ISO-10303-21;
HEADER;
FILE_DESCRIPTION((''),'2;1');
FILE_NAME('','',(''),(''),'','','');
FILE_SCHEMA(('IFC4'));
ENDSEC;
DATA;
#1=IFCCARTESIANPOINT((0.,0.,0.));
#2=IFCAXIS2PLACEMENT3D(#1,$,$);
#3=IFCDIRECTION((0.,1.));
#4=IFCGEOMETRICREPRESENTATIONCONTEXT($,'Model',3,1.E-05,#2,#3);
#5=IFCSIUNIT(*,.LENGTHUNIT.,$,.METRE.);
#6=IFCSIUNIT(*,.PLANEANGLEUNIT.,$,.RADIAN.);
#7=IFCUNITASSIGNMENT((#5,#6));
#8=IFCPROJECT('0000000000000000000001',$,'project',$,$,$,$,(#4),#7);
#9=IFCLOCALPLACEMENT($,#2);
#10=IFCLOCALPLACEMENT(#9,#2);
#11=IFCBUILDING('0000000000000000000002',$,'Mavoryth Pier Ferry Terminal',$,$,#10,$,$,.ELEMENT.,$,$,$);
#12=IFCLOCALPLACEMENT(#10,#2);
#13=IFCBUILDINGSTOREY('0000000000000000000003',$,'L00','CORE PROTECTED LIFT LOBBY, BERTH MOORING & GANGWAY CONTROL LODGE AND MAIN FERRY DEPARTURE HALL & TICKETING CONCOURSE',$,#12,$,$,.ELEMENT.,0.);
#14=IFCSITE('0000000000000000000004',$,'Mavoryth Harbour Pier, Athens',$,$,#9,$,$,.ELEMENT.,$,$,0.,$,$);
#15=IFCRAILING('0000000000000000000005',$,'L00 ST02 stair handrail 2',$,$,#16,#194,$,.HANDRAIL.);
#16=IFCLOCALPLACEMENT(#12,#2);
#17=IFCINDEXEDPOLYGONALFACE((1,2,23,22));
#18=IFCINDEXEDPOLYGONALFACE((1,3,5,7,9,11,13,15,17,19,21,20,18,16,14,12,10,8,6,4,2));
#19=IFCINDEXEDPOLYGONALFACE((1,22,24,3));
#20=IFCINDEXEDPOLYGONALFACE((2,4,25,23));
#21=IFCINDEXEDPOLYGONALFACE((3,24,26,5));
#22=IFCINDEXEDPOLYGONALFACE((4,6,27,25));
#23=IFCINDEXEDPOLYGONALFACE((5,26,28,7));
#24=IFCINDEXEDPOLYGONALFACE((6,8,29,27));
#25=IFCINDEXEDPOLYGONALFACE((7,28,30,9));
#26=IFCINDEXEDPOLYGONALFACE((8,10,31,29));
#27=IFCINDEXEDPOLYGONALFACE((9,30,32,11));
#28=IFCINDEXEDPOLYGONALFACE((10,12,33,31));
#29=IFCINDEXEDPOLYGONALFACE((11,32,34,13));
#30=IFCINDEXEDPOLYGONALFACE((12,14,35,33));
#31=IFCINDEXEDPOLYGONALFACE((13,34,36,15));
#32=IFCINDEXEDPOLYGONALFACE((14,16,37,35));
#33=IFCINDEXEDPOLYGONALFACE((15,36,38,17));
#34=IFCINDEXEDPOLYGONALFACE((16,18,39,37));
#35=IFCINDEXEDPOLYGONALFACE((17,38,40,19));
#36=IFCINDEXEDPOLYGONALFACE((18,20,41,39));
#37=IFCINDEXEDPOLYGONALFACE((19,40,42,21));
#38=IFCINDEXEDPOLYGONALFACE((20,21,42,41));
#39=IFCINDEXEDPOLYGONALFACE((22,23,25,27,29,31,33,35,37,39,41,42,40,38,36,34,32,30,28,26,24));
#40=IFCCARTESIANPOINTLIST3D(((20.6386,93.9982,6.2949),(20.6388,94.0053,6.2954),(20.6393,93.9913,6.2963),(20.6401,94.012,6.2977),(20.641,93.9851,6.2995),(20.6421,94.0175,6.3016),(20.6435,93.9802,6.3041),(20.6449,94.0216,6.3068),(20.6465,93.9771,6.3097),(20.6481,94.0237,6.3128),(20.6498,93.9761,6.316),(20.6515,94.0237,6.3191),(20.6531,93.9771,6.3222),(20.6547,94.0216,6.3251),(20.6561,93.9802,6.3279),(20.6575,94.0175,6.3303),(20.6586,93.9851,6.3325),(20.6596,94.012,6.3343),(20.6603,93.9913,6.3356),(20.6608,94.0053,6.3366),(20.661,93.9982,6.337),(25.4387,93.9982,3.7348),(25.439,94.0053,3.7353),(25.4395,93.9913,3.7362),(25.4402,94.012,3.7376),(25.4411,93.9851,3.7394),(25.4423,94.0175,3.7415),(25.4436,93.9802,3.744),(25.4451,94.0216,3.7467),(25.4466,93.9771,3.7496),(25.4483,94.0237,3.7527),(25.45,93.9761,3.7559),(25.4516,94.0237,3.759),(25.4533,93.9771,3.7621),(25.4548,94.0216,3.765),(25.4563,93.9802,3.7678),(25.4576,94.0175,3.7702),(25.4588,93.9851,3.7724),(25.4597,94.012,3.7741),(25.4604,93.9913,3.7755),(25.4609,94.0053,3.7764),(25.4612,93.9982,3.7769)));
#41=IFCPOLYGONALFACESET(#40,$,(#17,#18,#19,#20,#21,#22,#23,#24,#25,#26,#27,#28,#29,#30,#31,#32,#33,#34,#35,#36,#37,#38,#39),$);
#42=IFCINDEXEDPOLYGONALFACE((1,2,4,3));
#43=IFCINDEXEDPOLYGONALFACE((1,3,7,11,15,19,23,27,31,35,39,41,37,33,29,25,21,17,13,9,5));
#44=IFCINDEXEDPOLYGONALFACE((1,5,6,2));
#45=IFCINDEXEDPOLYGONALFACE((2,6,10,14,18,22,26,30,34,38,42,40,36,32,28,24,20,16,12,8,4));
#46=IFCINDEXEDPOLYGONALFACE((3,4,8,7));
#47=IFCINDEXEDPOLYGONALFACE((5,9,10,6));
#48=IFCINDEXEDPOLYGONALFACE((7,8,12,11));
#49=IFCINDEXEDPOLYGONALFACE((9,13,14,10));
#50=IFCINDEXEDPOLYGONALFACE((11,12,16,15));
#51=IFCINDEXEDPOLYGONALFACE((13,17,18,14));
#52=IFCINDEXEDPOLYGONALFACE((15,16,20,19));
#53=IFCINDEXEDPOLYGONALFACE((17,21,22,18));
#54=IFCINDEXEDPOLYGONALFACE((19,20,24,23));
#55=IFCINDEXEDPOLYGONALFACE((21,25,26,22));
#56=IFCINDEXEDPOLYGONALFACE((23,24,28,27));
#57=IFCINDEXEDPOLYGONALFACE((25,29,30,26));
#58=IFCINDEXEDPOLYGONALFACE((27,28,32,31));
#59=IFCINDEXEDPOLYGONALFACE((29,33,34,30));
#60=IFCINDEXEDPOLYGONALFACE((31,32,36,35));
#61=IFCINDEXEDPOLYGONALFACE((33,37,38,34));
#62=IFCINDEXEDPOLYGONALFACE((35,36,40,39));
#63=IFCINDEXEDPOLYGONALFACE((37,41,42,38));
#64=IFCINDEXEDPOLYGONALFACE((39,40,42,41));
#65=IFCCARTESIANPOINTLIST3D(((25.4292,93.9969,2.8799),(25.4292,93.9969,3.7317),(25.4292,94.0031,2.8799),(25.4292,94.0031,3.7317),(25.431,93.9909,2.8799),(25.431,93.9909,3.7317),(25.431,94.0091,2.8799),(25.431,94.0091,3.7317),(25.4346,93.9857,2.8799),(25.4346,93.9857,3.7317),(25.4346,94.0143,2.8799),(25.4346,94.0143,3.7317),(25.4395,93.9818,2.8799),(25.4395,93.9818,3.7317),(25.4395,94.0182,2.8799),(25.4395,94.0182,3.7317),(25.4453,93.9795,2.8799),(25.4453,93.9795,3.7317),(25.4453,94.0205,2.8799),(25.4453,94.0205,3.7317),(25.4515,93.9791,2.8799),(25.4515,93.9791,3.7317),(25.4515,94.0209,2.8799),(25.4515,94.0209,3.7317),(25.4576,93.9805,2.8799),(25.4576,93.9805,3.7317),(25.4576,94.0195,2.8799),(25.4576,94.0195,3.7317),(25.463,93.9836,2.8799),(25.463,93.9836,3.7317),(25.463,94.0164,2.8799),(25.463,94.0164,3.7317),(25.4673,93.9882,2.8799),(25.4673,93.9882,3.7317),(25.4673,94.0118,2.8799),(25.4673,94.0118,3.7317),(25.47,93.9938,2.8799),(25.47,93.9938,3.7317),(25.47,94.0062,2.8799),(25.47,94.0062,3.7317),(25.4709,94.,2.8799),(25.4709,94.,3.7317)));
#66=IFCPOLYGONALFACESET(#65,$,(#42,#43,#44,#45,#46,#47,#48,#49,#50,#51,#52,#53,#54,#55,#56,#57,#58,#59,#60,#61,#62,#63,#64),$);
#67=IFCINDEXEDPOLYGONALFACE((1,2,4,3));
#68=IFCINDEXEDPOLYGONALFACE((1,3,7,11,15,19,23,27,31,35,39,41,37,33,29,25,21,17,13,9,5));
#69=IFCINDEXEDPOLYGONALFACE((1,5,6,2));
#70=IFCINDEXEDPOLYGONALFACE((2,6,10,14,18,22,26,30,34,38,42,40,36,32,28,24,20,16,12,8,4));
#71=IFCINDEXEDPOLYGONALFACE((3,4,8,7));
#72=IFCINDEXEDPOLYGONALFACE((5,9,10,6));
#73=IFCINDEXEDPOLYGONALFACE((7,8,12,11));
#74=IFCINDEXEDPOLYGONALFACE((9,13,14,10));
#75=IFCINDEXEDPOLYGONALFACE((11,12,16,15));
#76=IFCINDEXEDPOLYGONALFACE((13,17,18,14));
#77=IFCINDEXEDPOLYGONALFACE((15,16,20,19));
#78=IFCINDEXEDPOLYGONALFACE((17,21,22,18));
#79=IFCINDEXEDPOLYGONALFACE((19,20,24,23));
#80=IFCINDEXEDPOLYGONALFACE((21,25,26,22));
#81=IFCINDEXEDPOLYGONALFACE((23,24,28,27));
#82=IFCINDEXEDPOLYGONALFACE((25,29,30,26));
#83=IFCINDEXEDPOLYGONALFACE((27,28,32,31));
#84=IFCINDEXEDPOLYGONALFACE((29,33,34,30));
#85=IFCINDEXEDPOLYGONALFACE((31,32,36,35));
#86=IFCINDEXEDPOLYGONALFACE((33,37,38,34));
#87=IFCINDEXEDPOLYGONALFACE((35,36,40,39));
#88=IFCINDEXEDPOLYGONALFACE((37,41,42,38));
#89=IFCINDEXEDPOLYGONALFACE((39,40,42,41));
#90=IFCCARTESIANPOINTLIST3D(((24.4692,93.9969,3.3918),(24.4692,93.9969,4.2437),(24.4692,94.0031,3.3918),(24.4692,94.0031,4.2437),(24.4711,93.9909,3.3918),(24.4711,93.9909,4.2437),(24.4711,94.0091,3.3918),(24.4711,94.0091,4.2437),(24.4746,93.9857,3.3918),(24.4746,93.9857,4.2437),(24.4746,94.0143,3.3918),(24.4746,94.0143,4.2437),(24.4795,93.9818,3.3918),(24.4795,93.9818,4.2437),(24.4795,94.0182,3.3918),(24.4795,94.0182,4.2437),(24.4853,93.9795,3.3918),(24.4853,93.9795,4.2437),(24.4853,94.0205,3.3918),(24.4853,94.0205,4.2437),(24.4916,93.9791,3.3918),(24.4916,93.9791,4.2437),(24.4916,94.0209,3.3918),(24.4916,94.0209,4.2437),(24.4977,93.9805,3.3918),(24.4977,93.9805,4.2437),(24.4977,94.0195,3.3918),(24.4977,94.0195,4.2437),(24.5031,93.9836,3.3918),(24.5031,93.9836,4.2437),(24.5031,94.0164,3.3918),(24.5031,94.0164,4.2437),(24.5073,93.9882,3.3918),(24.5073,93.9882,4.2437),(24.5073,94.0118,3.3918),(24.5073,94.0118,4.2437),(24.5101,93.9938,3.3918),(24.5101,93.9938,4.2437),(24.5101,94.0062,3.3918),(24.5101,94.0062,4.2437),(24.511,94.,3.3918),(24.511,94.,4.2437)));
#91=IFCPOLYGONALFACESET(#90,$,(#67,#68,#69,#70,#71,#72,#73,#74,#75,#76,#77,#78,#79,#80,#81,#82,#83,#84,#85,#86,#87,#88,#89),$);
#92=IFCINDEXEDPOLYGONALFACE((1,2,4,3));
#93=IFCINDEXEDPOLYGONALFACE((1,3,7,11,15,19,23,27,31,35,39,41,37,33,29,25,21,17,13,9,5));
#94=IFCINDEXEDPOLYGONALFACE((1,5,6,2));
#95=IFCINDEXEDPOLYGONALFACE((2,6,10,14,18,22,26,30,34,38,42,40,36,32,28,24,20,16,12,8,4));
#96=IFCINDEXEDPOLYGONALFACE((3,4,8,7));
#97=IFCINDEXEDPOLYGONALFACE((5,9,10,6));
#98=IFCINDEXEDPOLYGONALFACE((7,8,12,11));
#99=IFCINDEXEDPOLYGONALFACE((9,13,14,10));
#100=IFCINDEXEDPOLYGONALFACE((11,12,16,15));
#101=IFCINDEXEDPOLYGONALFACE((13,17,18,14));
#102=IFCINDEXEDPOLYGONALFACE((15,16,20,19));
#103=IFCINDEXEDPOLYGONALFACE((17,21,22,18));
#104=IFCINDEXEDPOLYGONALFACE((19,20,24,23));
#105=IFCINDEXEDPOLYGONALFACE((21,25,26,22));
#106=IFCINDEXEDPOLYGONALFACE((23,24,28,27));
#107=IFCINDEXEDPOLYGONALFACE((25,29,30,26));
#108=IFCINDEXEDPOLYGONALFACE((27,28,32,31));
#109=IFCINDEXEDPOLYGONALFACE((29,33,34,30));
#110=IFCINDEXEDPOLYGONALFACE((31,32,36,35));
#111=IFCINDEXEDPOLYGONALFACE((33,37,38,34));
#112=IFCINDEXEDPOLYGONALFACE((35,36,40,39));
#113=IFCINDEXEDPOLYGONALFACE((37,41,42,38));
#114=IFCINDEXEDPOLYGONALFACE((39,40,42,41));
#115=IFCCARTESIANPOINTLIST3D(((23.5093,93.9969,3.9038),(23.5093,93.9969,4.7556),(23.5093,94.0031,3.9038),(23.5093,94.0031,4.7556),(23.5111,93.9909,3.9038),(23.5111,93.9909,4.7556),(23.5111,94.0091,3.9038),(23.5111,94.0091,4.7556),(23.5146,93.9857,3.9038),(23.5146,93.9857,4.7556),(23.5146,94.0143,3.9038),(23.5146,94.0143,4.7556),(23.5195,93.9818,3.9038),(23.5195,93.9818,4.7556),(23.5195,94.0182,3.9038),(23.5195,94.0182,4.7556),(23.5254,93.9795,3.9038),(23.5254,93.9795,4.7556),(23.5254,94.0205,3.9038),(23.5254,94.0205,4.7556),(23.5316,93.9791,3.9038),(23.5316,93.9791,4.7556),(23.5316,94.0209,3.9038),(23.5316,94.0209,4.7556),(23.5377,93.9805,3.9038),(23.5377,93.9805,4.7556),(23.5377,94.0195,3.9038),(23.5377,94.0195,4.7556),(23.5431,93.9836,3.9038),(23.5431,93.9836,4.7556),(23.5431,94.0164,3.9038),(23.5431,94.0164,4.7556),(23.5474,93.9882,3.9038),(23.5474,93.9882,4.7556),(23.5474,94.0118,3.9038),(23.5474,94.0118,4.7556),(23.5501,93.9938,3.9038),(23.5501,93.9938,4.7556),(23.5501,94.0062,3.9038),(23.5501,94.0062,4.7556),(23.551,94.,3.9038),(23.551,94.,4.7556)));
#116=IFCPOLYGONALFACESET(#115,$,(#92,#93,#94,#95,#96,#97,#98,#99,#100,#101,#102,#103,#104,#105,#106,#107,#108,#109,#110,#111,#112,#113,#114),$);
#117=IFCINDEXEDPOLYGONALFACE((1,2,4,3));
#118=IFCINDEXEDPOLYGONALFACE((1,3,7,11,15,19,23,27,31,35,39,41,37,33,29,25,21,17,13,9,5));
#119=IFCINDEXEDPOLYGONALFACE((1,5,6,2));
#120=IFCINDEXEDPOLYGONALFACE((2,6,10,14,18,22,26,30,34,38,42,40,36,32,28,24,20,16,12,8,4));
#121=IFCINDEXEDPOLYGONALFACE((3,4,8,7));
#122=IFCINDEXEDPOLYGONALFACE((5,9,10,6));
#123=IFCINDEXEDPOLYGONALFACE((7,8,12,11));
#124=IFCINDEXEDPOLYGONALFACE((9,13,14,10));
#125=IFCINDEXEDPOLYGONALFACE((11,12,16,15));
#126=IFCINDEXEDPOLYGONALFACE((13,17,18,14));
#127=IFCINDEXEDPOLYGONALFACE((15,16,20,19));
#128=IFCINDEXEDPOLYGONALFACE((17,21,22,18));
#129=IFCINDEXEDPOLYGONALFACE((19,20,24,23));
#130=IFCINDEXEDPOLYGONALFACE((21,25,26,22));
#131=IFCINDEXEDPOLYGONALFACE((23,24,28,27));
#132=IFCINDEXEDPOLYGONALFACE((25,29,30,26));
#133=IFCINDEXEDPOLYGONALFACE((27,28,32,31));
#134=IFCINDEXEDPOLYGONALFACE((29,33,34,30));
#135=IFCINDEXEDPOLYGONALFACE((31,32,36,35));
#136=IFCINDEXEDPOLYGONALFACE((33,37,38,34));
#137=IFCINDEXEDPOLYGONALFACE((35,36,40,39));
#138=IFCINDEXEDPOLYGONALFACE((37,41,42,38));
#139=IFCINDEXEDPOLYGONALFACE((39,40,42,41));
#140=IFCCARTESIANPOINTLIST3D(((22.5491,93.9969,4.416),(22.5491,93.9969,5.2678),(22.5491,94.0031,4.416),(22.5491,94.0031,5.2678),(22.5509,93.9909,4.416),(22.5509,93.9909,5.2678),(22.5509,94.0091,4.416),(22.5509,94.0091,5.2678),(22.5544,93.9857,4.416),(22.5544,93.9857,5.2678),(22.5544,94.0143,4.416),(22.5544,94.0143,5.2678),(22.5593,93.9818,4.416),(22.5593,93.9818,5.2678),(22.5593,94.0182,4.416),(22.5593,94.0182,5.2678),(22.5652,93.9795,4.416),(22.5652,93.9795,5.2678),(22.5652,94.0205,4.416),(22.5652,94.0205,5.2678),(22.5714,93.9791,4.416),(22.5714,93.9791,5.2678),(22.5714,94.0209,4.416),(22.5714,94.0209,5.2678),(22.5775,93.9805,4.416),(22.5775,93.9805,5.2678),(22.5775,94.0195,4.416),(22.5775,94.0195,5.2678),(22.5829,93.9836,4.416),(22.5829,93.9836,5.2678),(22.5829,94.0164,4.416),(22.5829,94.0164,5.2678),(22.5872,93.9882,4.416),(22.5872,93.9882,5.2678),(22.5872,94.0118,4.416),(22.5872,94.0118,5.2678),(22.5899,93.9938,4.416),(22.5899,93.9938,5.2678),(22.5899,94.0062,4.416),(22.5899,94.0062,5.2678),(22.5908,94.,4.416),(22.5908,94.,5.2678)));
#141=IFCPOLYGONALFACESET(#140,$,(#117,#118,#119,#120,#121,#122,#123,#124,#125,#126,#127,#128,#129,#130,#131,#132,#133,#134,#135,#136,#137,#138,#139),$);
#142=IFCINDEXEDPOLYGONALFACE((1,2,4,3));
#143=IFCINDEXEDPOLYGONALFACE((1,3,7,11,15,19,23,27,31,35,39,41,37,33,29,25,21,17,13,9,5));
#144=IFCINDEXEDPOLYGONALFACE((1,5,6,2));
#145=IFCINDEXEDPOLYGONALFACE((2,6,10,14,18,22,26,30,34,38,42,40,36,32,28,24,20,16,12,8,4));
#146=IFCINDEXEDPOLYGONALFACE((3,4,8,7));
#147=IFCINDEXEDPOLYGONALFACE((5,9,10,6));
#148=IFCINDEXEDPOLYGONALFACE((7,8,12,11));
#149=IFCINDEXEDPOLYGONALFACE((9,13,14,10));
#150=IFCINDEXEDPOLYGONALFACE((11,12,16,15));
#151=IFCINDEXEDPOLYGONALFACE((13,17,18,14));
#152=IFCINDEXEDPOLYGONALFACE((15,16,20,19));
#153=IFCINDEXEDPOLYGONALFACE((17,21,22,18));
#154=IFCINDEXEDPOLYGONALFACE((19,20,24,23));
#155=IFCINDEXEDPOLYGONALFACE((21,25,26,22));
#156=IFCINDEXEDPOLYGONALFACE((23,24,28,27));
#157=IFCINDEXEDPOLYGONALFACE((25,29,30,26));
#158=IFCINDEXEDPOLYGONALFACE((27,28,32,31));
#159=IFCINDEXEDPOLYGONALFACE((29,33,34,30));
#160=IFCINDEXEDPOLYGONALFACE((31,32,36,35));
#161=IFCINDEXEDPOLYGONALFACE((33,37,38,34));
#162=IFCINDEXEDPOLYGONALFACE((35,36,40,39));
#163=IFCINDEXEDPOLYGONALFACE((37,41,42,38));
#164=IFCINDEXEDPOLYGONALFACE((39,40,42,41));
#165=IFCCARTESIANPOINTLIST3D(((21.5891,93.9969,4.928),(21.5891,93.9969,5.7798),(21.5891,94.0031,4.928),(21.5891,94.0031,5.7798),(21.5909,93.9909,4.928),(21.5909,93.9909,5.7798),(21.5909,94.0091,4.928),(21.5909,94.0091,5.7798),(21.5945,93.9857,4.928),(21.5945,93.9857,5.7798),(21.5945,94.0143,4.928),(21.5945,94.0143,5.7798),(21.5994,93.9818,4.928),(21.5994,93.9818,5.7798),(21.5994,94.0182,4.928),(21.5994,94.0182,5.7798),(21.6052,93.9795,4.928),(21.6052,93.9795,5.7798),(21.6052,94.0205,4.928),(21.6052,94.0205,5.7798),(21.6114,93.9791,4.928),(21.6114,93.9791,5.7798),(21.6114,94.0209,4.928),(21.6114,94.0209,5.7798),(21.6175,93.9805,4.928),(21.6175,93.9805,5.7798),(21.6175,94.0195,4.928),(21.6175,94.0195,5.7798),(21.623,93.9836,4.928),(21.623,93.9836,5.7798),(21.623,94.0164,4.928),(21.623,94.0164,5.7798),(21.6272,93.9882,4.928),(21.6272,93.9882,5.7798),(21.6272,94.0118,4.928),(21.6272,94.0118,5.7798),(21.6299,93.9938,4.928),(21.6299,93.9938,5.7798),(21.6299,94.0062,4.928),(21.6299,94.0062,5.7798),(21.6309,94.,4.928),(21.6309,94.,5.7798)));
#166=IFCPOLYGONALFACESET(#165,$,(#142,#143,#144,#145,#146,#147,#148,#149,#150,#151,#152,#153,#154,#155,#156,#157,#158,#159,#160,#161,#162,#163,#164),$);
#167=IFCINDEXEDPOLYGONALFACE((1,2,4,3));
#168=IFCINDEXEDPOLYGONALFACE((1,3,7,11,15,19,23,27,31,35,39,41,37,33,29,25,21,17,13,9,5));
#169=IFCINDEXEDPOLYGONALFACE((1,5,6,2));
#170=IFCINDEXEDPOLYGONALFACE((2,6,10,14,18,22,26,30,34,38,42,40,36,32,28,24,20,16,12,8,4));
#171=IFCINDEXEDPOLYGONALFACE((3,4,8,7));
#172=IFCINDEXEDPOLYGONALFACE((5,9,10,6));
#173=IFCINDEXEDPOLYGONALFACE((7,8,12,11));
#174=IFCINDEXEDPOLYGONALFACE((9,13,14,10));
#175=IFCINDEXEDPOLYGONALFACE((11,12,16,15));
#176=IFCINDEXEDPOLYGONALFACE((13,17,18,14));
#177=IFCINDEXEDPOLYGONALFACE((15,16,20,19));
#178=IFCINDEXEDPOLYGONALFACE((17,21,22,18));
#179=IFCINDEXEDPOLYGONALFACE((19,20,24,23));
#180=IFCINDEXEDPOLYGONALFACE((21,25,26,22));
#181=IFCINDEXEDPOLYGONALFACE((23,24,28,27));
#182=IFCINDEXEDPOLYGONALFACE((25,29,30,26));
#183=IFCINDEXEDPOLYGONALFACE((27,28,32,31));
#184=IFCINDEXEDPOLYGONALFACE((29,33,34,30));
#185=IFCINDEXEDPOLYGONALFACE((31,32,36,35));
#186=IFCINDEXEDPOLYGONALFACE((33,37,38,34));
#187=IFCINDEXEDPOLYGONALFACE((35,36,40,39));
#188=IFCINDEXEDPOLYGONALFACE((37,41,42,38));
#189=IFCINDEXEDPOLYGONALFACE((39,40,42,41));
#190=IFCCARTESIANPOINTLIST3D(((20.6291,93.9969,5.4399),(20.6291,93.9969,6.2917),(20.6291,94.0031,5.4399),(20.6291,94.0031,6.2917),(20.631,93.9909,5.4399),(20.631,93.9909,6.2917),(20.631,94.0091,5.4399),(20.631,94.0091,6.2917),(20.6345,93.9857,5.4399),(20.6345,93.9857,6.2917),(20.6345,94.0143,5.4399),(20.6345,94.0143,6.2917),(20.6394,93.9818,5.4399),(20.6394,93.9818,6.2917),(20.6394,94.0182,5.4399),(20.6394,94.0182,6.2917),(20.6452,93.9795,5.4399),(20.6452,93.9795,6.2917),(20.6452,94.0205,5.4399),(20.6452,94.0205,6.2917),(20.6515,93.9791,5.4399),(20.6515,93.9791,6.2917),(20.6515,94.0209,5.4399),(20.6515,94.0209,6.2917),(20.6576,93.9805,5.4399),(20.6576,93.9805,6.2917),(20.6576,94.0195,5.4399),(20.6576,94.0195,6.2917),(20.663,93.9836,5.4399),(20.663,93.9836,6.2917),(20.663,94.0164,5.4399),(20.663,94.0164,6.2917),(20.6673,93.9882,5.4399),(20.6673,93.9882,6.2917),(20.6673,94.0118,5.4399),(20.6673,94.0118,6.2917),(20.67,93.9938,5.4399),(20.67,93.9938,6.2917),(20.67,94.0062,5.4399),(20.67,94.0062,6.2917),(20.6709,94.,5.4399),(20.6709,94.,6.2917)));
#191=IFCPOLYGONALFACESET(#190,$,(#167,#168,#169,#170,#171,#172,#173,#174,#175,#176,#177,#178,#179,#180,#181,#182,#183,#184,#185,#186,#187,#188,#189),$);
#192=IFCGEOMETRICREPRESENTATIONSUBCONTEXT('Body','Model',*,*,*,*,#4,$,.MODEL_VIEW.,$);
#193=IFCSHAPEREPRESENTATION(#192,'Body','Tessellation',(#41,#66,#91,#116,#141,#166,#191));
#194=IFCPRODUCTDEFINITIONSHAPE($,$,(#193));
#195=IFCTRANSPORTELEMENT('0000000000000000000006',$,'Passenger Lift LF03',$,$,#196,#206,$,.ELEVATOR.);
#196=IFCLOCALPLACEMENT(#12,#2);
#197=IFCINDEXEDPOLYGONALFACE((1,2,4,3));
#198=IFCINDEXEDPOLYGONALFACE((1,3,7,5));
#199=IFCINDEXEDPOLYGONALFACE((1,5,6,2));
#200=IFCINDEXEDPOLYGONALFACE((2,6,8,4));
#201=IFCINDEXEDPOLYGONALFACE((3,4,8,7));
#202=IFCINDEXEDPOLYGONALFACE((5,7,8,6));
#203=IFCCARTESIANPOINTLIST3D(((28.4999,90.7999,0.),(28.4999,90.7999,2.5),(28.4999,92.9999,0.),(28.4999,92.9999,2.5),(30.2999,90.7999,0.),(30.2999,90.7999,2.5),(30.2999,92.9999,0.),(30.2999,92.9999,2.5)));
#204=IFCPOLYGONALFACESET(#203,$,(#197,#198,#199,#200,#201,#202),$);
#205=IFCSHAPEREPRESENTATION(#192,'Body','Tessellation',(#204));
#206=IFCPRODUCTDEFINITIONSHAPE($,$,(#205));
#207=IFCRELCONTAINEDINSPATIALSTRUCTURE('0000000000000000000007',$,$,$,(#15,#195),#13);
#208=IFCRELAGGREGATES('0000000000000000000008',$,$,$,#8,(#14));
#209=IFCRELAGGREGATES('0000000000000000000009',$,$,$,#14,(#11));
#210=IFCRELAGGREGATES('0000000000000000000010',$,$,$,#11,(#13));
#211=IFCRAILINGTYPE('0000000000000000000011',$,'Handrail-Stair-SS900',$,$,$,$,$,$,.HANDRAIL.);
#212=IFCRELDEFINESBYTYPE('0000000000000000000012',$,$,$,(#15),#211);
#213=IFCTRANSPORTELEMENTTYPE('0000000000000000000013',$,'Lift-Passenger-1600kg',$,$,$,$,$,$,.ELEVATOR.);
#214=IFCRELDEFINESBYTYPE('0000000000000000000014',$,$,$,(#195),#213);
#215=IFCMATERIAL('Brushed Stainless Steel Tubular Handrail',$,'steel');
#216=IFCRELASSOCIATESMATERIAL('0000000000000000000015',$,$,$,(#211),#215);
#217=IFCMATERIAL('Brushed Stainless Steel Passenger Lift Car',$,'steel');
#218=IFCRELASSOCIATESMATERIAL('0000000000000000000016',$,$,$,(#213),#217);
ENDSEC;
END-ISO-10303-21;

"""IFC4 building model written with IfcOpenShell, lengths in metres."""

from ifc_helpers import new_model, si_unit, direction, frame, origin, origin_2d, place, context, subcontext, project, spatial, rectangle, circle, extrude, material, type_object, element, save


model = new_model("IFC4")

# Units and contexts
model_context = context("Model", 3, precision=1e-05, world=origin(), true_north=direction((0.0, 1.0)))
body_context = subcontext(model_context, "Body", "Model", "MODEL_VIEW")
ifc_project = project(units=[si_unit("LENGTHUNIT", "METRE"), si_unit("PLANEANGLEUNIT", "RADIAN")], contexts=[model_context])

# Site, building, storey
site_placement = place(None, origin())
site = spatial("IfcSite", under=ifc_project, at=site_placement, Name="Mavoryth Harbour Pier, Athens", CompositionType="ELEMENT", RefElevation=0.0)
building_placement = place(site_placement, origin())
building = spatial("IfcBuilding", under=site, at=building_placement, Name="Mavoryth Pier Ferry Terminal", CompositionType="ELEMENT")
storey_placement = place(building_placement, origin())
storey = spatial("IfcBuildingStorey", under=building, at=storey_placement, Name="L00", Description="CORE PROTECTED LIFT LOBBY, BERTH MOORING & GANGWAY CONTROL LODGE AND MAIN FERRY DEPARTURE HALL & TICKETING CONCOURSE", CompositionType="ELEMENT", Elevation=0.0)

# Railing
ifc_material_1 = material(Name="Brushed Stainless Steel Tubular Handrail", Category="steel")
railing_type_1 = type_object("IfcRailingType", Name="Handrail-Stair-SS900", PredefinedType="HANDRAIL", material=ifc_material_1)
railing_1_placement = place(storey_placement, frame((25.45, 94.0, 2.8799)))
element("IfcRailing", 1, at=railing_1_placement, inside=storey, type_object=railing_type_1, Name="L00 ST02 stair handrail 2", PredefinedType="HANDRAIL", context=body_context, shape_type="SweptSolid", body=[
    extrude(circle(Radius=0.0239, at=origin_2d()), frame((0.0, 0.0, 0.876), z_axis=(-0.88235, 0.0, 0.470593), x_axis=(0.0, -1.0, 0.0)), (0.0, 0.0, 1.0), 5.4402),
    extrude(circle(Radius=0.021, at=origin_2d()), origin(), (0.0, 0.0, 1.0), 0.8518),
    extrude(circle(Radius=0.021, at=origin_2d()), frame((-0.96, 0.0, 0.512)), (0.0, 0.0, 1.0), 0.8518),
    extrude(circle(Radius=0.021, at=origin_2d()), frame((-1.9199, 0.0, 1.0239)), (0.0, 0.0, 1.0), 0.8518),
    extrude(circle(Radius=0.021, at=origin_2d()), frame((-2.8801, 0.0, 1.5361)), (0.0, 0.0, 1.0), 0.8518),
    extrude(circle(Radius=0.021, at=origin_2d()), frame((-3.8401, 0.0, 2.0481)), (0.0, 0.0, 1.0), 0.8518),
    extrude(circle(Radius=0.021, at=origin_2d()), frame((-4.8, 0.0, 2.5601)), (0.0, 0.0, 1.0), 0.8518),
])

# Transport element
ifc_material_2 = material(Name="Brushed Stainless Steel Passenger Lift Car", Category="steel")
transport_element_type = type_object("IfcTransportElementType", Name="Lift-Passenger-1600kg", PredefinedType="ELEVATOR", material=ifc_material_2)
transport_element_placement = place(storey_placement, frame((29.3999, 91.8999, 0.0), z_axis=(0.0, 0.0, 1.0), x_axis=(1.0, 0.0, 0.0)))
element("IfcTransportElement", 2, at=transport_element_placement, inside=storey, type_object=transport_element_type, Name="Passenger Lift LF03", PredefinedType="ELEVATOR", context=body_context, shape_type="SweptSolid", body=[
    extrude(rectangle(XDim=1.8, YDim=2.2, at=origin_2d()), origin(), (0.0, 0.0, 1.0), 2.5),
])

save(model, "model.ifc")
